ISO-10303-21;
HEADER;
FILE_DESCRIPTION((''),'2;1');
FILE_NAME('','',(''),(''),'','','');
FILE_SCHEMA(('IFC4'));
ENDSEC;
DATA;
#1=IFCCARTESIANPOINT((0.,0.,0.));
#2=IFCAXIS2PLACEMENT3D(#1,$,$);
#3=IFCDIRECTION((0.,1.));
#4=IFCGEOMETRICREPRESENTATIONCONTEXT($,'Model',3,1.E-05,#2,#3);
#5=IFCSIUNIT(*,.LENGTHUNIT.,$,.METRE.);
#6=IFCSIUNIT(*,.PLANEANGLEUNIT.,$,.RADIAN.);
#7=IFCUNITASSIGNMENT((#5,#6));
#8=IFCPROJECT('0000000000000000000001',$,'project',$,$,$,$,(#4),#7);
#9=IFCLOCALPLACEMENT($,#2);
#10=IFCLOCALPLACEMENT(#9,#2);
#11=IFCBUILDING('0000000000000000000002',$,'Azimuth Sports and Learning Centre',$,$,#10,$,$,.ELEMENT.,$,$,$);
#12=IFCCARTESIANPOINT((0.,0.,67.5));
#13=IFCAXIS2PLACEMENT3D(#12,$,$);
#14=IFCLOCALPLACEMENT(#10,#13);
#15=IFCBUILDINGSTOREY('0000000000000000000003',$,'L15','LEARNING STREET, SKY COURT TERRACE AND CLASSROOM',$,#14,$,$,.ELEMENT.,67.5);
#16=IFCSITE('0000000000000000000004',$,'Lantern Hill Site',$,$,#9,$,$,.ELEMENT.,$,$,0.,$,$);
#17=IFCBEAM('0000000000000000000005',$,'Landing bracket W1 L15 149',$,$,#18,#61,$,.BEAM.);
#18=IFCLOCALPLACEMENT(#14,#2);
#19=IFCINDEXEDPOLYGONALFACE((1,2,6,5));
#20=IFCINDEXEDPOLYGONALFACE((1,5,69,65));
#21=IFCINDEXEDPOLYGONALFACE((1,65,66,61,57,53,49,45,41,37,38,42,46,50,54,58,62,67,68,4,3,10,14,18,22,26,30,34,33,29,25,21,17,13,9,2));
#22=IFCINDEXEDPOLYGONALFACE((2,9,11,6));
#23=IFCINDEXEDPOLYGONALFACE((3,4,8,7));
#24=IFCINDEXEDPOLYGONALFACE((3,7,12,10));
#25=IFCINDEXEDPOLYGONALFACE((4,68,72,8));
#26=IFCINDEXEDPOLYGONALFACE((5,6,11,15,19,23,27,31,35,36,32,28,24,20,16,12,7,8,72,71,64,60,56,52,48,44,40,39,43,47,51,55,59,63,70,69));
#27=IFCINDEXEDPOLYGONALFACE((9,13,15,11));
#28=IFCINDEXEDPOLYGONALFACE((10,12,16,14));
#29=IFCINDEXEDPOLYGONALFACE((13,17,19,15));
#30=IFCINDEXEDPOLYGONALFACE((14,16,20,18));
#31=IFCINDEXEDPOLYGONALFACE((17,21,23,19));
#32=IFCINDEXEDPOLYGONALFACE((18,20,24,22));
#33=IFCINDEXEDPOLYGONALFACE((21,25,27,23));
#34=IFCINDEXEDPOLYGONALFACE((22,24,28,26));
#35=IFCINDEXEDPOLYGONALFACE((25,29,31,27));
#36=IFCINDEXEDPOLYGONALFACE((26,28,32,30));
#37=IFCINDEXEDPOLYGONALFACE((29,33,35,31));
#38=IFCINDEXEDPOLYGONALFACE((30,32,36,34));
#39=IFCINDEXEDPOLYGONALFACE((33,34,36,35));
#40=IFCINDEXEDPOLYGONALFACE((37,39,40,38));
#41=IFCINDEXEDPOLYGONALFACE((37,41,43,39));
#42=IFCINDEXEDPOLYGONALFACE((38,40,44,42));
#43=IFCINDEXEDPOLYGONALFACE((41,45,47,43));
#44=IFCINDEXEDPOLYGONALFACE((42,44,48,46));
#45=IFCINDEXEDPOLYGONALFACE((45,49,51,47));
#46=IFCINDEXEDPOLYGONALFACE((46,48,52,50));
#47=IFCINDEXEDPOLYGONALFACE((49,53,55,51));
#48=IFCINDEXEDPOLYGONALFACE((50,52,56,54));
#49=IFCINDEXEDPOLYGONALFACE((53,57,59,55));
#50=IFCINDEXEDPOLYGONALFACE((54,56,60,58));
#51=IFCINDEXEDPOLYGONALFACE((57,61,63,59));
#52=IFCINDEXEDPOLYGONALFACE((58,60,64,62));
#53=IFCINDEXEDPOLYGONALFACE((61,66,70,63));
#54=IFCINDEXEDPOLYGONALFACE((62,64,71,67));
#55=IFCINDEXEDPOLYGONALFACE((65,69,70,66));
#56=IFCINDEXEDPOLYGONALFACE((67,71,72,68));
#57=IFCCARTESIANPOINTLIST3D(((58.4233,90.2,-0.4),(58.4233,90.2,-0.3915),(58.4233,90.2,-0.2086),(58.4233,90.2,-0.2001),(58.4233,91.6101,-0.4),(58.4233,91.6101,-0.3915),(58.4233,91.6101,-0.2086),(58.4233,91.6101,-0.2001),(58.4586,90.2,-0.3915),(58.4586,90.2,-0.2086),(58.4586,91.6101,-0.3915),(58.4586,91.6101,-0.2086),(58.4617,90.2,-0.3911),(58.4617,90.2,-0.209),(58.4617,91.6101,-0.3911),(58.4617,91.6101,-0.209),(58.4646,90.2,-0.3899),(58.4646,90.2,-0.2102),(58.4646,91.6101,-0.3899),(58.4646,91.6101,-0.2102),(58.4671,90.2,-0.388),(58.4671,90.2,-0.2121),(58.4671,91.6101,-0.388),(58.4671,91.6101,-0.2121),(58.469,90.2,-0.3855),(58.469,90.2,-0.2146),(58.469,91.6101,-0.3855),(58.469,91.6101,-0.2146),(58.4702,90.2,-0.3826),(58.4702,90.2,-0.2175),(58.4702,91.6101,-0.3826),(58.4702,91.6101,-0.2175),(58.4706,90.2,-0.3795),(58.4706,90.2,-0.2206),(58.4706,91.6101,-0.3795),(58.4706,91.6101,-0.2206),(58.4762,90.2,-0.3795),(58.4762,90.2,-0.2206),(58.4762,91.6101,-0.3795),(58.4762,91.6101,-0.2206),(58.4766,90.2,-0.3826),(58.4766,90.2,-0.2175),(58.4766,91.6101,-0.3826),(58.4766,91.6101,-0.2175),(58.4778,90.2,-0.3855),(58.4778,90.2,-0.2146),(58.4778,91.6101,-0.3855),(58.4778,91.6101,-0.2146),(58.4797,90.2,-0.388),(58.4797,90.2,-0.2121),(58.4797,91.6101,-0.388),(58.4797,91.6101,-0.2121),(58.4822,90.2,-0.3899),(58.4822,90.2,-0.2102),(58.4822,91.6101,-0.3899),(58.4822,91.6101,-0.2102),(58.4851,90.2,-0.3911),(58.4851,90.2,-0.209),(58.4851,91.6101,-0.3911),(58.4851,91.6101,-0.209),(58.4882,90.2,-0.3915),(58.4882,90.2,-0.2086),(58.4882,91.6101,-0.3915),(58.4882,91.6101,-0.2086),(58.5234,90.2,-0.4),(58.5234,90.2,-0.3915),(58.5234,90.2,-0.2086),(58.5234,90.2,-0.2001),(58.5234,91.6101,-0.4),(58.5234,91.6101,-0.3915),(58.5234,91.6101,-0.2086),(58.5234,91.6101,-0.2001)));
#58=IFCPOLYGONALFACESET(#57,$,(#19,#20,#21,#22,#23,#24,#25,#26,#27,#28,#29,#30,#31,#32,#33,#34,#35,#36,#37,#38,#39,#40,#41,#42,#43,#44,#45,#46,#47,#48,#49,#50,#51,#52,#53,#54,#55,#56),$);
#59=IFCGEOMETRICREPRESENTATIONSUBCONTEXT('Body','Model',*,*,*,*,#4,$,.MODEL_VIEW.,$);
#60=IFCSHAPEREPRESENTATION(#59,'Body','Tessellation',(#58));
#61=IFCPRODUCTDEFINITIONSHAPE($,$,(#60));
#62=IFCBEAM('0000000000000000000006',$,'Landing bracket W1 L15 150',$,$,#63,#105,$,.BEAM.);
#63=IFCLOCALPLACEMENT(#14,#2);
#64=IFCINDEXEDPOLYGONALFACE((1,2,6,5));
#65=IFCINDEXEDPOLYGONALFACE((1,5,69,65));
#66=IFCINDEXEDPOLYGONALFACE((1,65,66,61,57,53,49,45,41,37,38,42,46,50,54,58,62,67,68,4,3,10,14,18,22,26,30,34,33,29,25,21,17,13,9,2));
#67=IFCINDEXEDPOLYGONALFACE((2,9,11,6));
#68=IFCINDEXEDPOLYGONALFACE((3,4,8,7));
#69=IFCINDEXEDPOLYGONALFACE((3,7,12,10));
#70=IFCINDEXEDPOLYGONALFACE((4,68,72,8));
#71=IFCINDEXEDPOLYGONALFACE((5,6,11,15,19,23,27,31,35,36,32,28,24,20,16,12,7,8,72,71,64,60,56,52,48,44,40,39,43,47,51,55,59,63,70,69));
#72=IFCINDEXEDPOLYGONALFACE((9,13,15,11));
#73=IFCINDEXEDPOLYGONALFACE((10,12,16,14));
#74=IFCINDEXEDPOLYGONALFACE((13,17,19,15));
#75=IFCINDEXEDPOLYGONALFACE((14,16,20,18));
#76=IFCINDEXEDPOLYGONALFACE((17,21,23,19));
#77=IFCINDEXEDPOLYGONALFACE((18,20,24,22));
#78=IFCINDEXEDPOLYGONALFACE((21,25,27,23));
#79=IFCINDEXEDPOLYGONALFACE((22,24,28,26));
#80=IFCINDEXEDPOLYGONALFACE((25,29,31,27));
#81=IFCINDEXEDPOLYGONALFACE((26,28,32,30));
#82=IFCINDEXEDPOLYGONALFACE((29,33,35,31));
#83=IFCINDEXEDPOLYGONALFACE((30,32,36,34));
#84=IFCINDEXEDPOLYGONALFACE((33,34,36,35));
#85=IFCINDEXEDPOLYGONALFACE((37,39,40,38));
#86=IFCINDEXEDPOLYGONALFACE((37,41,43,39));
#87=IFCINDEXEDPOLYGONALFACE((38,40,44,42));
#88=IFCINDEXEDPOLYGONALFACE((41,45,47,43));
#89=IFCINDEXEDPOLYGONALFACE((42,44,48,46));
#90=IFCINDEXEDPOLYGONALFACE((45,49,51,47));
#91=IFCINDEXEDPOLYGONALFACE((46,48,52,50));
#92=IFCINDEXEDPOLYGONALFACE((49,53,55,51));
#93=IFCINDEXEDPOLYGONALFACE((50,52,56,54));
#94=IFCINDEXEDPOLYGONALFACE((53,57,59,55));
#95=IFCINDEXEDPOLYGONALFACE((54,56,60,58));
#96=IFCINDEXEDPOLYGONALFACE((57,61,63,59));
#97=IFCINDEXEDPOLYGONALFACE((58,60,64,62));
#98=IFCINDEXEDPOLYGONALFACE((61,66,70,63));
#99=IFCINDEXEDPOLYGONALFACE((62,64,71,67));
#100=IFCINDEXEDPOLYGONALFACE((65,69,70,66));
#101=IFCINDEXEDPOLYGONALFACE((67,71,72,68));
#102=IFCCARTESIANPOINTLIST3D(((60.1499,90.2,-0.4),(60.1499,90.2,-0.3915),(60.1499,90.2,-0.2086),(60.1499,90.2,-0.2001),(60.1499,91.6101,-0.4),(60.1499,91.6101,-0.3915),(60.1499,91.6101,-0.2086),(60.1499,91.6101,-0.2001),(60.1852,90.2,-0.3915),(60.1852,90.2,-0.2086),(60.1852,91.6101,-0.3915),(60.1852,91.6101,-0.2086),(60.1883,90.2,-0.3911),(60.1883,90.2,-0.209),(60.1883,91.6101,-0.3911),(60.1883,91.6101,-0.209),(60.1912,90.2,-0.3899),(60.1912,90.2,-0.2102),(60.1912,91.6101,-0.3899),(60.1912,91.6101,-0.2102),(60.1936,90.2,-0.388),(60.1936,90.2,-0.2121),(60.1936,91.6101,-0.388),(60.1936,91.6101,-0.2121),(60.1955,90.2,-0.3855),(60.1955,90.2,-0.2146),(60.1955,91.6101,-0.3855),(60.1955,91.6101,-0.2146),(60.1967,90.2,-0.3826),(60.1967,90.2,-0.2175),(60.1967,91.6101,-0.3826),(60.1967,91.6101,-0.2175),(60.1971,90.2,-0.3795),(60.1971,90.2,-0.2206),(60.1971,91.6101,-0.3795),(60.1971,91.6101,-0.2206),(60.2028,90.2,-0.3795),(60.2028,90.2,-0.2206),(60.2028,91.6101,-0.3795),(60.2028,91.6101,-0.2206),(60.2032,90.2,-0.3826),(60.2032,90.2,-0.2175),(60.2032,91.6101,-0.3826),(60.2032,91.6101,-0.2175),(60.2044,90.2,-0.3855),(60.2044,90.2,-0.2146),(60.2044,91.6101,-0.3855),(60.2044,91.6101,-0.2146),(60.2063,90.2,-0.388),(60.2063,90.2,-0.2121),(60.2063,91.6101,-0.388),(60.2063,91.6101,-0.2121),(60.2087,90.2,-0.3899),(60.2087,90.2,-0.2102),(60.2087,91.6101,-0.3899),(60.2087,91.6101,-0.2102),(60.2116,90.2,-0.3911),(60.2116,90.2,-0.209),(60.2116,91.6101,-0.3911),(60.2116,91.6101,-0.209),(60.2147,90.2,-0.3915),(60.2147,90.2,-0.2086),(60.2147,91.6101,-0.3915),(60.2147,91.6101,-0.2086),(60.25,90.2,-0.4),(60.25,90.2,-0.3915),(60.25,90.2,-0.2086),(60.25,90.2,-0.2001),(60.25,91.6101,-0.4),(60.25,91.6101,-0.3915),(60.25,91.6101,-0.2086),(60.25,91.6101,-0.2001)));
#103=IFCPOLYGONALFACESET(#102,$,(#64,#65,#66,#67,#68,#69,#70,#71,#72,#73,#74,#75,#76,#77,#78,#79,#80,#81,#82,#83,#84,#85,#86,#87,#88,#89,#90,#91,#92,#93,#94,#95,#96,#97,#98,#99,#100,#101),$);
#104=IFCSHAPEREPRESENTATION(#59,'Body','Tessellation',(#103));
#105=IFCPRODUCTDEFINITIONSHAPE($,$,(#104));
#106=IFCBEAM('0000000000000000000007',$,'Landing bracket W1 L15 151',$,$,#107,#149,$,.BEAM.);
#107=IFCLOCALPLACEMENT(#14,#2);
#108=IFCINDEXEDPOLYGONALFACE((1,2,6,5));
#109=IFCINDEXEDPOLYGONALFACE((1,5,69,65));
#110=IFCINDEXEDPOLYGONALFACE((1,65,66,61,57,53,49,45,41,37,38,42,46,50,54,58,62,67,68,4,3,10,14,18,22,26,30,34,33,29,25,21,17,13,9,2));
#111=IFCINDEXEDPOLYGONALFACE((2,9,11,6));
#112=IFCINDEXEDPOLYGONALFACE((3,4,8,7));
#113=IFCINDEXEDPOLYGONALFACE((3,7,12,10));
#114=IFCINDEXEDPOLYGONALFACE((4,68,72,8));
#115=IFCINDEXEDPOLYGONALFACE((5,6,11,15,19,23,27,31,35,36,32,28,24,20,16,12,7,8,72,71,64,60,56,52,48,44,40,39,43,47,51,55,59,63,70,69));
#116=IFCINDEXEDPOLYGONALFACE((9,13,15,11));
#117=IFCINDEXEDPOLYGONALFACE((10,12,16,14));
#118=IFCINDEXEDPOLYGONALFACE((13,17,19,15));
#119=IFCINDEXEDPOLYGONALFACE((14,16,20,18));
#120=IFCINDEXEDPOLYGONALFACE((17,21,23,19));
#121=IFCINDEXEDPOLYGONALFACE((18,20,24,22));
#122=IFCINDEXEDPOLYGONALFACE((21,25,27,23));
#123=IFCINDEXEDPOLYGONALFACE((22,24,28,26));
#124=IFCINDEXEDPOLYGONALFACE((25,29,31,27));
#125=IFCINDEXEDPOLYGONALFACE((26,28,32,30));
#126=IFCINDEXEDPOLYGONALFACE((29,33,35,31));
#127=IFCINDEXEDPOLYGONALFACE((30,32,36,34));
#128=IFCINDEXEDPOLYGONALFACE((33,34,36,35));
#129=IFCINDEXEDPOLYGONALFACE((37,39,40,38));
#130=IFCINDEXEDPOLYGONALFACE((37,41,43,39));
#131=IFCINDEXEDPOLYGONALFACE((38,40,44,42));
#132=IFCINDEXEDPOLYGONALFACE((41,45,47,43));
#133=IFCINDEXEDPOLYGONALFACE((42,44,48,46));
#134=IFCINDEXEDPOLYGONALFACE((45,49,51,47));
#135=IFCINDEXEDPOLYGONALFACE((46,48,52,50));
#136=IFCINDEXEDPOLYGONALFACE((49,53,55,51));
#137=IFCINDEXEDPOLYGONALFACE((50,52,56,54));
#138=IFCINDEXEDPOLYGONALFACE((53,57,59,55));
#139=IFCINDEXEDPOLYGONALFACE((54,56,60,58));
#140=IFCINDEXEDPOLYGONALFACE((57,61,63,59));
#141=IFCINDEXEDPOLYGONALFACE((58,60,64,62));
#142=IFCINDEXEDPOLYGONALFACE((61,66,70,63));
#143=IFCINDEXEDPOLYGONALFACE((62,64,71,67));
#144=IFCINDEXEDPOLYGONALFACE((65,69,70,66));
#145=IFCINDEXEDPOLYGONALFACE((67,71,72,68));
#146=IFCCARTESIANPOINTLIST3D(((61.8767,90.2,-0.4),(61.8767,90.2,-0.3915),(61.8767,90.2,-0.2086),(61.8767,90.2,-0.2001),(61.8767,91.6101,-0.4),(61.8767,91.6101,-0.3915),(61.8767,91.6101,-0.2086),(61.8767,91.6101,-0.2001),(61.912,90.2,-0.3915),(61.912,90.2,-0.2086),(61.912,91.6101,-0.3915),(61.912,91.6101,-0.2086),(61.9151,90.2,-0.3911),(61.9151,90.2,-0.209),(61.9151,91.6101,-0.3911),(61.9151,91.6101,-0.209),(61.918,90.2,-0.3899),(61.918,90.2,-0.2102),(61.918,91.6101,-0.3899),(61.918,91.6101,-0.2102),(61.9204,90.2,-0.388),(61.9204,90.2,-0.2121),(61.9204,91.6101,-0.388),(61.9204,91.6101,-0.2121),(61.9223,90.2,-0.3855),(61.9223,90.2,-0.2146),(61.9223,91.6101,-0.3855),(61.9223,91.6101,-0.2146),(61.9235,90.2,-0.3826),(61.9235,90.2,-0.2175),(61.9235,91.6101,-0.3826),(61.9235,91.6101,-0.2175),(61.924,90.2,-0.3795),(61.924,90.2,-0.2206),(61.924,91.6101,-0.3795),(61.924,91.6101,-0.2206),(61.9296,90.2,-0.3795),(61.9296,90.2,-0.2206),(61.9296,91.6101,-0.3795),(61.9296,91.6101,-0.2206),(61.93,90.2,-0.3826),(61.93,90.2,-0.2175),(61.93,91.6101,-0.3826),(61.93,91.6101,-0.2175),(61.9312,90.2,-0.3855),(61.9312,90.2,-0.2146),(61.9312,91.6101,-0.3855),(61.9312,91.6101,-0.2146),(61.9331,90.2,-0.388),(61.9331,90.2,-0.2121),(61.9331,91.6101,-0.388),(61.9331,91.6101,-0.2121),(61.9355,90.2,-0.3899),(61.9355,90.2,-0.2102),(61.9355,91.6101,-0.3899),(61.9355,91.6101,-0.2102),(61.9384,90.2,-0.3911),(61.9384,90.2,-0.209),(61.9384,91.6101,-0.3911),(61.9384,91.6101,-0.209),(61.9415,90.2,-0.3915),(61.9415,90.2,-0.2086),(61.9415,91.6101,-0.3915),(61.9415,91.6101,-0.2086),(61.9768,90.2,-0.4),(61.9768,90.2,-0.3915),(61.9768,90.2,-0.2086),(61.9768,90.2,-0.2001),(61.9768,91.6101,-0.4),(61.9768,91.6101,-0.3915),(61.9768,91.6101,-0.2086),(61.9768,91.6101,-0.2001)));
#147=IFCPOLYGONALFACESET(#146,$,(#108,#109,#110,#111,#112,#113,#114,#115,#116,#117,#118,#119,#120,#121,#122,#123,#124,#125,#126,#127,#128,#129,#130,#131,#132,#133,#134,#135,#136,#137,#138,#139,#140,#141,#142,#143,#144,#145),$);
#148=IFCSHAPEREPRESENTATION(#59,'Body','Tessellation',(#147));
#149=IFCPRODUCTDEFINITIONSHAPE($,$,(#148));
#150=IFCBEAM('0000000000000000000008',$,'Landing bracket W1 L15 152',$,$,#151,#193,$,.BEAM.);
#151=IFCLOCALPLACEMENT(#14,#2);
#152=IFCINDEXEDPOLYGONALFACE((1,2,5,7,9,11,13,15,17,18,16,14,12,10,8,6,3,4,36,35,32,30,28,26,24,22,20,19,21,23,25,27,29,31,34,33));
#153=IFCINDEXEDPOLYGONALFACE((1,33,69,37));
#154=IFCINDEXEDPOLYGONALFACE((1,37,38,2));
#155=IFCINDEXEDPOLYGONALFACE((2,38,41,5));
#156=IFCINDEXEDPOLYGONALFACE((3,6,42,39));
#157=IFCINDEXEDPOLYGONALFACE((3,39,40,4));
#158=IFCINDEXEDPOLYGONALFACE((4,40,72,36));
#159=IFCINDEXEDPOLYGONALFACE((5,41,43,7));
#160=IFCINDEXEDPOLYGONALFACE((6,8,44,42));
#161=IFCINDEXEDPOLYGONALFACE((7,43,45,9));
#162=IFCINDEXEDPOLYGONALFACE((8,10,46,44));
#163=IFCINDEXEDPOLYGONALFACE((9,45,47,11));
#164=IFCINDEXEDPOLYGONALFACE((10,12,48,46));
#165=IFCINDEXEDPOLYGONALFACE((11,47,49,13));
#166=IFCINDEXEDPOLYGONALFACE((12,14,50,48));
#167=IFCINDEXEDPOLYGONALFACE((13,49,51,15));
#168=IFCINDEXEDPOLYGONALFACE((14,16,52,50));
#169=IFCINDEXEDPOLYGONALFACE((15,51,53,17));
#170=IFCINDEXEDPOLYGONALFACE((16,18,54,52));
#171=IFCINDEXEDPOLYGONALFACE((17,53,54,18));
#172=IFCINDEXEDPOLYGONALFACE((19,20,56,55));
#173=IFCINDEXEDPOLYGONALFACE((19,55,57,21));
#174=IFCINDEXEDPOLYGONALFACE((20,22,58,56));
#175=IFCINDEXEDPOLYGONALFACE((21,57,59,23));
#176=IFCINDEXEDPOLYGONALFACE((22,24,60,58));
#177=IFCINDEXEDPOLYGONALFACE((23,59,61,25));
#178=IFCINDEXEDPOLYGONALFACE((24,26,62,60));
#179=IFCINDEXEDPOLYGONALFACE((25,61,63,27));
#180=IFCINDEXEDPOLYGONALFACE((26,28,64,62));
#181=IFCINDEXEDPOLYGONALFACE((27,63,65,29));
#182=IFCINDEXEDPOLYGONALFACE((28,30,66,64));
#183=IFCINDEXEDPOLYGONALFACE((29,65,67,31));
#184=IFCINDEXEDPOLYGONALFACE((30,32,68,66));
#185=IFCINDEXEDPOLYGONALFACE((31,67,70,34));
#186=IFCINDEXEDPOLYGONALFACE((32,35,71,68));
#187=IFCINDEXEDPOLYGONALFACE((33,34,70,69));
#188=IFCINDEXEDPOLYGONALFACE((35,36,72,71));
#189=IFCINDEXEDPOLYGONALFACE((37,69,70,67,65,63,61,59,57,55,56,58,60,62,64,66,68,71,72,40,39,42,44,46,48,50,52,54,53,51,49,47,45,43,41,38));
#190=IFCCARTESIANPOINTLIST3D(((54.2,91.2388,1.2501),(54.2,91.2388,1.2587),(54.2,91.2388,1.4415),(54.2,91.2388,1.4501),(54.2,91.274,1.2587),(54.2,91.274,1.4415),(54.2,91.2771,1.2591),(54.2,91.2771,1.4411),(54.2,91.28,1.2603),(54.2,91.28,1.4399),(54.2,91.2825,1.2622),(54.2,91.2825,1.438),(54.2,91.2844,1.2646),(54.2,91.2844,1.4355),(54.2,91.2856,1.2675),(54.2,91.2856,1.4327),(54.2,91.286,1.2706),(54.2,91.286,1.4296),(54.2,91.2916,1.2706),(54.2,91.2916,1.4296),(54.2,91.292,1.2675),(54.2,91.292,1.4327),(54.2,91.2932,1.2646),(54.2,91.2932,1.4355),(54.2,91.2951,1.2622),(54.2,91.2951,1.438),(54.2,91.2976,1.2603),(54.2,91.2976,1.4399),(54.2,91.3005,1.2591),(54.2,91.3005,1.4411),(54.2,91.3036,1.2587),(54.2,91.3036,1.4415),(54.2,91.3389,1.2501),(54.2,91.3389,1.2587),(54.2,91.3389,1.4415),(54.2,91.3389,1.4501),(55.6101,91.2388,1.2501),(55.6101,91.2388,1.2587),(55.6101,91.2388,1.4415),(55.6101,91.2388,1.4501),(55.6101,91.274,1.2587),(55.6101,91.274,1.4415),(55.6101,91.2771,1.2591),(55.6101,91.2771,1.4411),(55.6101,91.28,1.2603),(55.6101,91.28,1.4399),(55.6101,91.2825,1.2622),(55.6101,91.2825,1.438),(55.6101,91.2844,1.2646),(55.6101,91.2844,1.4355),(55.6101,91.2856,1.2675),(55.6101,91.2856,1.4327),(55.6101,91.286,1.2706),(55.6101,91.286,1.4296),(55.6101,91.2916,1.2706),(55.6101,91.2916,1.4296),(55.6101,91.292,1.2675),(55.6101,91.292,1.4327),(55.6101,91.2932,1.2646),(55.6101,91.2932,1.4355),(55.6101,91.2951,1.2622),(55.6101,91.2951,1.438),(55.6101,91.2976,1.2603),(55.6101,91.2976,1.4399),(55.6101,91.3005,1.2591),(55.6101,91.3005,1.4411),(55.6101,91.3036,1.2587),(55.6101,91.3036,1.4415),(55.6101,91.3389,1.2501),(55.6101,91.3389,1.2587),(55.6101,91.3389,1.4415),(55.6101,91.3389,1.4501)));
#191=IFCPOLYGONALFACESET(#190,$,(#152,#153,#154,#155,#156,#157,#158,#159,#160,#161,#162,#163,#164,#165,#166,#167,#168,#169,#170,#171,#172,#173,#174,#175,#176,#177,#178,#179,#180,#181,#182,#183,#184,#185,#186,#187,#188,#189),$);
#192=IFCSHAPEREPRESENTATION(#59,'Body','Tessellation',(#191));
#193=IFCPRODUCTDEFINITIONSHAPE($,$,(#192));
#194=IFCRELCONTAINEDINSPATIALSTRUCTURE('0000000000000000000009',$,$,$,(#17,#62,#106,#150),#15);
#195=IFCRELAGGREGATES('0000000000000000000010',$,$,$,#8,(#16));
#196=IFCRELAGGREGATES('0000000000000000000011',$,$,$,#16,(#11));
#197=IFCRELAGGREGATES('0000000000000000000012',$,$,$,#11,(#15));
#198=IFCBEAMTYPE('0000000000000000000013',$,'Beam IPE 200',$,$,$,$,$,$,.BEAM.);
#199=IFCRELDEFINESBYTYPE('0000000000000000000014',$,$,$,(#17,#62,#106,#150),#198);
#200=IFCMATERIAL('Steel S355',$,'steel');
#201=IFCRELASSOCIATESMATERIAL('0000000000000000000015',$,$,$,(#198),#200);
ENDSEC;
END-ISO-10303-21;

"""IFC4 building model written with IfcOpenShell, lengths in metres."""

from ifc_helpers import new_model, si_unit, direction, frame, origin, origin_2d, place, context, subcontext, project, spatial, i_section, extrude, material, material_profile, profile_set, type_object, element, save


model = new_model("IFC4")

# Units and contexts
model_context = context("Model", 3, precision=1e-05, world=origin(), true_north=direction((0.0, 1.0)))
body_context = subcontext(model_context, "Body", "Model", "MODEL_VIEW")
ifc_project = project(units=[si_unit("LENGTHUNIT", "METRE"), si_unit("PLANEANGLEUNIT", "RADIAN")], contexts=[model_context])

# Site, building, storey
site_placement = place(None, origin())
site = spatial("IfcSite", under=ifc_project, at=site_placement, Name="Lantern Hill Site", CompositionType="ELEMENT", RefElevation=0.0)
building_placement = place(site_placement, origin())
building = spatial("IfcBuilding", under=site, at=building_placement, Name="Azimuth Sports and Learning Centre", CompositionType="ELEMENT")
storey_placement = place(building_placement, frame((0.0, 0.0, 67.5)))
storey = spatial("IfcBuildingStorey", under=building, at=storey_placement, Name="L15", Description="LEARNING STREET, SKY COURT TERRACE AND CLASSROOM", CompositionType="ELEMENT", Elevation=67.5)

# Beams
ifc_material_1 = material(Name="Steel S355", Category="steel")
ifc_material_profile = material_profile(ifc_material_1, i_section(OverallWidth=0.1001, OverallDepth=0.2, WebThickness=0.0056, FlangeThickness=0.0085, FilletRadius=0.012, at=origin_2d()), Name="IPE 200")
ifc_profile_set = profile_set([ifc_material_profile], Name="Steel S355")
beam_type = type_object("IfcBeamType", Name="Beam IPE 200", PredefinedType="BEAM", material=ifc_profile_set)
for number, where, z_axis, x_axis, name in (
    (1, (58.4734, 90.2, -0.3), (0.0, 1.0, 0.0), (-1.0, 0.0, 0.0), "Landing bracket W1 L15 149"),
    (2, (60.2, 90.2, -0.3), (0.0, 1.0, 0.0), (-1.0, 0.0, 0.0), "Landing bracket W1 L15 150"),
    (3, (61.9268, 90.2, -0.3), (0.0, 1.0, 0.0), (-1.0, 0.0, 0.0), "Landing bracket W1 L15 151"),
    (4, (54.2, 91.2888, 1.3501), (1.0, 0.0, 0.0), (0.0, 1.0, 0.0), "Landing bracket W1 L15 152"),
):
    element("IfcBeam", number, at=place(storey_placement, frame(where, z_axis=z_axis, x_axis=x_axis)), inside=storey, type_object=beam_type, Name=name, PredefinedType="BEAM", context=body_context, shape_type="SweptSolid", body=[
        extrude(i_section(OverallWidth=0.1001, OverallDepth=0.2, WebThickness=0.0056, FlangeThickness=0.0085, FilletRadius=0.012, at=origin_2d()), origin(), (0.0, 0.0, 1.0), 1.4102),
    ])

save(model, "model.ifc")
